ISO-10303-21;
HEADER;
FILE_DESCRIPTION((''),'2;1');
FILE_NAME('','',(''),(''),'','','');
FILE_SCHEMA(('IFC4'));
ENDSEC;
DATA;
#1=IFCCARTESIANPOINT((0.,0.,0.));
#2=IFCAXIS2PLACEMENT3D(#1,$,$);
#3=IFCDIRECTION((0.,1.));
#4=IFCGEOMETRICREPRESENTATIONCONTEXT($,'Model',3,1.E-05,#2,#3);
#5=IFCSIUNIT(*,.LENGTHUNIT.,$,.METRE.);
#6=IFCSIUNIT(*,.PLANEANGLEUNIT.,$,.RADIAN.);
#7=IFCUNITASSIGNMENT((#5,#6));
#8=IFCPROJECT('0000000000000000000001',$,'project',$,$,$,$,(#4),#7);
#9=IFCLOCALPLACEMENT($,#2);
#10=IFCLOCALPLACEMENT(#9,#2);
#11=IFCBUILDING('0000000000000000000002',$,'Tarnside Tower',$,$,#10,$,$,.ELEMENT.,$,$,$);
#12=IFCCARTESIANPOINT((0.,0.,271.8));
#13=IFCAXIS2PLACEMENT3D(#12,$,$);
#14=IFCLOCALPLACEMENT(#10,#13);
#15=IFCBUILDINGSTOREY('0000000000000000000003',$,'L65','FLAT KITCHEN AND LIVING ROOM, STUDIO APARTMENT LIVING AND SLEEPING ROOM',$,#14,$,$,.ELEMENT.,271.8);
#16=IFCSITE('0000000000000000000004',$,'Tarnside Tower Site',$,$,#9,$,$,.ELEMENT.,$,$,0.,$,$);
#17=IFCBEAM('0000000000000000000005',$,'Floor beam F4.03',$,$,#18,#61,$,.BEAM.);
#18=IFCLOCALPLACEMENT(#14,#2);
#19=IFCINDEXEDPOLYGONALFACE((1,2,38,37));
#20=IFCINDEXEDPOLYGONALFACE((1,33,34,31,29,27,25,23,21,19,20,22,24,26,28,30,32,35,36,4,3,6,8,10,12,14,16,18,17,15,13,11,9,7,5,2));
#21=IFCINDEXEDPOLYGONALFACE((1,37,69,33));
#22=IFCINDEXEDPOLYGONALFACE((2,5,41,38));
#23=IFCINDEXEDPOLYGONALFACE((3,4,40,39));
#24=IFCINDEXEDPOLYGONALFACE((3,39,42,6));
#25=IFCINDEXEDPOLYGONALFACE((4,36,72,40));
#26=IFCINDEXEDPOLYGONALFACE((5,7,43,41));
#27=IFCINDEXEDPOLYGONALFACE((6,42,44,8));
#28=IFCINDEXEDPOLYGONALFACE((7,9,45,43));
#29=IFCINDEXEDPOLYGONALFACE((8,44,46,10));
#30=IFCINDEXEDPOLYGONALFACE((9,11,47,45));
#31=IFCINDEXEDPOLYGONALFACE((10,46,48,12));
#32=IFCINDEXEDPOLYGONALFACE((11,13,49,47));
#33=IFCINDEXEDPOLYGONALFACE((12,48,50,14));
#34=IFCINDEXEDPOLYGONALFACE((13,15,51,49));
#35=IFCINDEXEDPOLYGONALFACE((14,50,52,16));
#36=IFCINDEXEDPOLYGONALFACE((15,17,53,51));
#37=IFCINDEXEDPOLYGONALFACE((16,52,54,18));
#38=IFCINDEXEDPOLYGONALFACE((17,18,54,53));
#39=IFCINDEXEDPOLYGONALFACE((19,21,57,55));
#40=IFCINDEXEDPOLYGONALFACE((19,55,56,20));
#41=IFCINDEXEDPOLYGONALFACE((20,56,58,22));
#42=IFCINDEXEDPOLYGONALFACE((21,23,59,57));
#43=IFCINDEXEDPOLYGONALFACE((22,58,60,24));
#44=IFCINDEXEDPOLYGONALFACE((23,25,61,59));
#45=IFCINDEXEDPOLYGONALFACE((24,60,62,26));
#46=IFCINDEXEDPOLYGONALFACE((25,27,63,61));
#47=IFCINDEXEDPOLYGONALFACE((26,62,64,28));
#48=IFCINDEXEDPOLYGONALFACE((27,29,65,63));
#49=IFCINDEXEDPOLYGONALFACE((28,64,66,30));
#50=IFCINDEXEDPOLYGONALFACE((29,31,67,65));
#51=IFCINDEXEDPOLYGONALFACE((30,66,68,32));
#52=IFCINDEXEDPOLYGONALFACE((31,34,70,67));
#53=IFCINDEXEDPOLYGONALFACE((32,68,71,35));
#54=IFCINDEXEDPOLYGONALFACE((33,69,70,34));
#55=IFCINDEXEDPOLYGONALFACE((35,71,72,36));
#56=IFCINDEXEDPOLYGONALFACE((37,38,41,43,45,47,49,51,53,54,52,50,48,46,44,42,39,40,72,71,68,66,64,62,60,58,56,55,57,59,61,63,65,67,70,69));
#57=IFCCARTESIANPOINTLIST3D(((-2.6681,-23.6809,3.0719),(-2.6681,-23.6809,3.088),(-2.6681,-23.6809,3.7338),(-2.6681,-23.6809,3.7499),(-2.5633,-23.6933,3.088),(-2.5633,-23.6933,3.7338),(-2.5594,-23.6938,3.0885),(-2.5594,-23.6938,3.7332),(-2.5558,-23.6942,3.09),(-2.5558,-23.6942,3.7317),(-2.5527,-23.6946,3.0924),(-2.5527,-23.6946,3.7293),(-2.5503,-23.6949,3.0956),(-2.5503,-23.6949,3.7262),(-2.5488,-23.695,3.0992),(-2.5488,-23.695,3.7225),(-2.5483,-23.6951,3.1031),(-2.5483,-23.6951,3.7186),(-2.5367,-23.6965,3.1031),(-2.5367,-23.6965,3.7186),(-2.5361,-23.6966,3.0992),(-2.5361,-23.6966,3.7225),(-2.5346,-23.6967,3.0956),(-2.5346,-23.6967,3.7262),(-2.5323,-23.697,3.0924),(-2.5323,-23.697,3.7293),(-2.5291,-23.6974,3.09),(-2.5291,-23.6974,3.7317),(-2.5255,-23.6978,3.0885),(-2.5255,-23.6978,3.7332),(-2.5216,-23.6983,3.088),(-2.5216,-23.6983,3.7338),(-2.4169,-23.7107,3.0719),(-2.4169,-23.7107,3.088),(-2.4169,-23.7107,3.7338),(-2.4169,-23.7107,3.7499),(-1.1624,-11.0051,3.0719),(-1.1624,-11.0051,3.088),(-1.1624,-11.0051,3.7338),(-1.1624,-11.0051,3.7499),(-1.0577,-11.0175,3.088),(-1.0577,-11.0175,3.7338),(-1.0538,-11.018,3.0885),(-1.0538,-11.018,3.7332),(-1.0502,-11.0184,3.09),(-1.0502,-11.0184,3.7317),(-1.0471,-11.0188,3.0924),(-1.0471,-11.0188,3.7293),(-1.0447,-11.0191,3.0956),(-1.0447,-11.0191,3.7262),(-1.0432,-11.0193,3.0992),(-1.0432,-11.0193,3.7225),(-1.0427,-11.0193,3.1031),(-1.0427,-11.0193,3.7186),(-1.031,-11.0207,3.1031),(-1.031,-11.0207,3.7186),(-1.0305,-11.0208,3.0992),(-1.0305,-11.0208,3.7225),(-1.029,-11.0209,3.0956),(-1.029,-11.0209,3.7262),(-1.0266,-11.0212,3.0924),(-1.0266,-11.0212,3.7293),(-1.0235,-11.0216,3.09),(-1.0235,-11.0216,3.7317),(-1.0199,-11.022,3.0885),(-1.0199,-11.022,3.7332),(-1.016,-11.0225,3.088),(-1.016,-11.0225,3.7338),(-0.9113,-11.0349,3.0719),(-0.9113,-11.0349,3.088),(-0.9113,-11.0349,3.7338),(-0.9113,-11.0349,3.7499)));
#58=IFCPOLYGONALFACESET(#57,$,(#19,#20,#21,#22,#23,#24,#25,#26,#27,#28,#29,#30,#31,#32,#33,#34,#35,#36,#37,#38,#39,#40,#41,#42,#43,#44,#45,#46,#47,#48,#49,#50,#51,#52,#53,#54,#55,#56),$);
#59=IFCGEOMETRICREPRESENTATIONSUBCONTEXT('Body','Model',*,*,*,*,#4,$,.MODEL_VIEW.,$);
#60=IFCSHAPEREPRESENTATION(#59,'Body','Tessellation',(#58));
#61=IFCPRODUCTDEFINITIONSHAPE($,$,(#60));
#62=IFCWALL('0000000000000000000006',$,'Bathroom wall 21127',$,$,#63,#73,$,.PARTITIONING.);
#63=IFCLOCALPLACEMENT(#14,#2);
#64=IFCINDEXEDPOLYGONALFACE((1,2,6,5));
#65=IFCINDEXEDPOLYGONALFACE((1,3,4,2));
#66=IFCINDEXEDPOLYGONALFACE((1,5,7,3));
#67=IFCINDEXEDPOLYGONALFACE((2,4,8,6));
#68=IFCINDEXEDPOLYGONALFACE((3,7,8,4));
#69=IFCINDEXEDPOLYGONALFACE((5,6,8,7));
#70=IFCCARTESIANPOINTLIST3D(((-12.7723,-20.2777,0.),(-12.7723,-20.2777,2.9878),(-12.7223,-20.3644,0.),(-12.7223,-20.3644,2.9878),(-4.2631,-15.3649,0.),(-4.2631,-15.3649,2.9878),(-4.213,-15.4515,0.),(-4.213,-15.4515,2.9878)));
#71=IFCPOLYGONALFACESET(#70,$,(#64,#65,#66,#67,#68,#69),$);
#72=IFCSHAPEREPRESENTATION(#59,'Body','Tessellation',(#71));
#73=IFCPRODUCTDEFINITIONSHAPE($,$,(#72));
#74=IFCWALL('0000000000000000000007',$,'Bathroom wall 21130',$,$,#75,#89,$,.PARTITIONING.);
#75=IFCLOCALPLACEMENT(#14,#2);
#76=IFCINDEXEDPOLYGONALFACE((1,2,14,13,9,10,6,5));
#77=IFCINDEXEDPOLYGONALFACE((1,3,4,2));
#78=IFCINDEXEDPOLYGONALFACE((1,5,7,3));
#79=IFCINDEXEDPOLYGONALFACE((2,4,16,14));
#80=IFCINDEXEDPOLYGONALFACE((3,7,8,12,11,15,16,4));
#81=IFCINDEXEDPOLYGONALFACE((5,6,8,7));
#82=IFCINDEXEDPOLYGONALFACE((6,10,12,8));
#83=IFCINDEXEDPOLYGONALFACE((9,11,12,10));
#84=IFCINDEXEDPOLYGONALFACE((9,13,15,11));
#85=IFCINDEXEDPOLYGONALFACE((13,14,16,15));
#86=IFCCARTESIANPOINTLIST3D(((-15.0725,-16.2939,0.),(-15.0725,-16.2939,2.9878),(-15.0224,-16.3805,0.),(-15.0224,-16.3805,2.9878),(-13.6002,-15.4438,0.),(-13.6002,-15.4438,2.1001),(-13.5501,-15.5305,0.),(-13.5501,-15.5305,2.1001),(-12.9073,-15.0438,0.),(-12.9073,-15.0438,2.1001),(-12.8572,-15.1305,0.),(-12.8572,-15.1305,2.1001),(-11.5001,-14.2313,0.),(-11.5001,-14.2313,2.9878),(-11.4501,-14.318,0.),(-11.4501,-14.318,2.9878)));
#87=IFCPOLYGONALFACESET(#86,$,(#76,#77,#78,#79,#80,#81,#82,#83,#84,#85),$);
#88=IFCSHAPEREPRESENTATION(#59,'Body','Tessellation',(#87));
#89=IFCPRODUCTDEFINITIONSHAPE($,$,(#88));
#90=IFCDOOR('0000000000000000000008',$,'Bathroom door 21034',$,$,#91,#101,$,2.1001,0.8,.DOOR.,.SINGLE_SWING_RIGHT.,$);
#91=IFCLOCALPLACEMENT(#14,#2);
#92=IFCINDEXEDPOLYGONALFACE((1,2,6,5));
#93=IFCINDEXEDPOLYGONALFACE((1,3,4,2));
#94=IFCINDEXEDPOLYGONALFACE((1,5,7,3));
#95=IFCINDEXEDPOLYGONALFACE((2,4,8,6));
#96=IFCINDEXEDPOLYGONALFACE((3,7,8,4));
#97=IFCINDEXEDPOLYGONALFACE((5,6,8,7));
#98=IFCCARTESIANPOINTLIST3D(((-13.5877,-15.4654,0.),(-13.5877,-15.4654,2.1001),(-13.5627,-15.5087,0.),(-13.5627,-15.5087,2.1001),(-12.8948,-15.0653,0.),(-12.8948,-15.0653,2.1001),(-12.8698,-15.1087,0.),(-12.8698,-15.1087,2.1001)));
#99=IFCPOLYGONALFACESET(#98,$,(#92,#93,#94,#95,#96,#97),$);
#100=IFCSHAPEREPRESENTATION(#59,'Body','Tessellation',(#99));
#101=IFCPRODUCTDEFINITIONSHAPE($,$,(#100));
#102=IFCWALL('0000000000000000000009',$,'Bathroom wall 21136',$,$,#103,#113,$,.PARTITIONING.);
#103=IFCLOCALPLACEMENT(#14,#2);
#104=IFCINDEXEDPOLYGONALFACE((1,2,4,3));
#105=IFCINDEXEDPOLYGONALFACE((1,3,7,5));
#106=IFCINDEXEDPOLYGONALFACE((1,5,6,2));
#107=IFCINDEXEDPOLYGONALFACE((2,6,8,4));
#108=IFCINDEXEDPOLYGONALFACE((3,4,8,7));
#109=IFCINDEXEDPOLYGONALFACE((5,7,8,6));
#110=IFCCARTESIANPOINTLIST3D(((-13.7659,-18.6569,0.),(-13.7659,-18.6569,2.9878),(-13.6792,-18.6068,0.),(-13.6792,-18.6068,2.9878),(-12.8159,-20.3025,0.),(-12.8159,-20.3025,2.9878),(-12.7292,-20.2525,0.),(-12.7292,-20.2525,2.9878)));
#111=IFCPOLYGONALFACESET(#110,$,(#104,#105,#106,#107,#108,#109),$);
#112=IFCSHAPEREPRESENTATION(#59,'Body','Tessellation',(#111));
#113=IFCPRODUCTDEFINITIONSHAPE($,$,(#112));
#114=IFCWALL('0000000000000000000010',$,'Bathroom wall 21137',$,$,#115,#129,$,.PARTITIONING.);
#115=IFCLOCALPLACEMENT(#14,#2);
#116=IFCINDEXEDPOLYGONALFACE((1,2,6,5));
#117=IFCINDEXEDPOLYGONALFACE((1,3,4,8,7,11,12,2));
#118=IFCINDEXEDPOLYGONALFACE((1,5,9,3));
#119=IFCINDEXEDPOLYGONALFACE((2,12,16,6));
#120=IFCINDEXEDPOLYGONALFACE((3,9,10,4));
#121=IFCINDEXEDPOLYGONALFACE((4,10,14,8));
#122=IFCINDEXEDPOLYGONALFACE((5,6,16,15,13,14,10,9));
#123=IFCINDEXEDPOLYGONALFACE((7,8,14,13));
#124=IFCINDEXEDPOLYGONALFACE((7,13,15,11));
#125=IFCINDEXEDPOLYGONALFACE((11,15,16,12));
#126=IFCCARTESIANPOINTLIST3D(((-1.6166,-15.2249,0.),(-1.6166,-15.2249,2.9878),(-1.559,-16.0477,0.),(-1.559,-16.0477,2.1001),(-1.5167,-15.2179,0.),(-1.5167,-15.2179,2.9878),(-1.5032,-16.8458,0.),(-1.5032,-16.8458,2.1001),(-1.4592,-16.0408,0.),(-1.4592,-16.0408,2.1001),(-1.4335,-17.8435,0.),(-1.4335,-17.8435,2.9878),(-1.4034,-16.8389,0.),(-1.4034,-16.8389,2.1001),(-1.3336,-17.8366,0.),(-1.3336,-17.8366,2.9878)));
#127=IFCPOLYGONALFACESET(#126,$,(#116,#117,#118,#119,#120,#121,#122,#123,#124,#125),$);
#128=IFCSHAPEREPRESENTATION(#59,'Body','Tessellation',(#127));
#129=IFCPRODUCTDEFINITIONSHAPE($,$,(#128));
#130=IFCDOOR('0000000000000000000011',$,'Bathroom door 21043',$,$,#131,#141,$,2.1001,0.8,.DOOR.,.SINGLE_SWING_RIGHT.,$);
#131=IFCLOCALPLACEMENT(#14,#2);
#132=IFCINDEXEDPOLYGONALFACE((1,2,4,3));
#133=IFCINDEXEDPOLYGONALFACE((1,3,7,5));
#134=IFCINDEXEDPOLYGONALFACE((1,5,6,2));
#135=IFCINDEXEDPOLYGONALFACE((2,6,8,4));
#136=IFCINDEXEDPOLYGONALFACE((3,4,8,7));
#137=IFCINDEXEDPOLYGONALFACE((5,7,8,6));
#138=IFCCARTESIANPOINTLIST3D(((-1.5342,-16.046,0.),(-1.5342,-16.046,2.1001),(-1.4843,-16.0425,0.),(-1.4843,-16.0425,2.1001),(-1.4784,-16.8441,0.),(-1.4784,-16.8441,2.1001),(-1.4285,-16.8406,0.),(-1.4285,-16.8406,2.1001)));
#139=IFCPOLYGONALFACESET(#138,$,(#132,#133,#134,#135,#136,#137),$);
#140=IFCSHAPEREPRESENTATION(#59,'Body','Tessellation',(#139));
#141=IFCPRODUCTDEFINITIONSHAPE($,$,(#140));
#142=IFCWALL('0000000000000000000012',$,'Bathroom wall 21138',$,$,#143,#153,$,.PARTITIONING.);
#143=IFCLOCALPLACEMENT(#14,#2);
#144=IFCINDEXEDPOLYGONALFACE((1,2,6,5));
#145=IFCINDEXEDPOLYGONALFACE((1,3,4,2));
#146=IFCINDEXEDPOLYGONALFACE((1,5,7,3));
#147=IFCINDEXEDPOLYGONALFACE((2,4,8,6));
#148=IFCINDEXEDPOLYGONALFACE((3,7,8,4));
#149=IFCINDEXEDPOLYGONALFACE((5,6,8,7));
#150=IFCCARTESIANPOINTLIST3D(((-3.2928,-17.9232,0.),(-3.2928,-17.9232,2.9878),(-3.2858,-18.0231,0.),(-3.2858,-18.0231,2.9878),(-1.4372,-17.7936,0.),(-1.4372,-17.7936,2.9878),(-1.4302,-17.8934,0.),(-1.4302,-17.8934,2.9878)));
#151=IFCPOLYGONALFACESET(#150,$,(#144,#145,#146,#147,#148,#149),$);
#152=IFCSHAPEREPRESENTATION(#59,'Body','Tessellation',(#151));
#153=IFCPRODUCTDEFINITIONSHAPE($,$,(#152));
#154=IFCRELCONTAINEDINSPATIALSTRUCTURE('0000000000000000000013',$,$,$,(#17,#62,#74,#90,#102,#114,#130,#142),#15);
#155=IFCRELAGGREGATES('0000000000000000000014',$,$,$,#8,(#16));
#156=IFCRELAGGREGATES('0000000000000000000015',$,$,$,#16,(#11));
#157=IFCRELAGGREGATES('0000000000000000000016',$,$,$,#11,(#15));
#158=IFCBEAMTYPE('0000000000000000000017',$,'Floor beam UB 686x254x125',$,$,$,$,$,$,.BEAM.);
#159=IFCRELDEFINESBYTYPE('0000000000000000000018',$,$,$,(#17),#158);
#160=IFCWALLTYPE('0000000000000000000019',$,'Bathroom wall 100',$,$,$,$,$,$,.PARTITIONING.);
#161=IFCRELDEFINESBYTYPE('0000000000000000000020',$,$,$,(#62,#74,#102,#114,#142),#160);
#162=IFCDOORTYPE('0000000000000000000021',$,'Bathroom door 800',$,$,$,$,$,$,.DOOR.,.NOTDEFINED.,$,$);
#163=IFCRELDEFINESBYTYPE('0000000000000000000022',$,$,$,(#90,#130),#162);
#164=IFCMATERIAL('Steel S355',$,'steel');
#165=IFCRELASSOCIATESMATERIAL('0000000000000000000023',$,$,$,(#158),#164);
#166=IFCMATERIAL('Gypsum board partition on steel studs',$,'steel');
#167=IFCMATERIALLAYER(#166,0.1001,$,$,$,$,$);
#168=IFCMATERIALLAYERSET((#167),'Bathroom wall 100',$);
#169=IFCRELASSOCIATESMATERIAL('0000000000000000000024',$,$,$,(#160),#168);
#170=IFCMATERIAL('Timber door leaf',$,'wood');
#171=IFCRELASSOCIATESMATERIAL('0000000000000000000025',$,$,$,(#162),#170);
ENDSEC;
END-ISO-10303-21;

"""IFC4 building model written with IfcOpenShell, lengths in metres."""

from ifc_helpers import new_model, si_unit, direction, frame, frame_2d, origin, origin_2d, place, context, subcontext, project, spatial, rectangle, i_section, extrude, material, layer, layer_set, material_profile, profile_set, type_object, element, fill, save


model = new_model("IFC4")

# Units and contexts
model_context = context("Model", 3, precision=1e-05, world=origin(), true_north=direction((0.0, 1.0)))
body_context = subcontext(model_context, "Body", "Model", "MODEL_VIEW")
ifc_project = project(units=[si_unit("LENGTHUNIT", "METRE"), si_unit("PLANEANGLEUNIT", "RADIAN")], contexts=[model_context])

# Site, building, storey
site_placement = place(None, origin())
site = spatial("IfcSite", under=ifc_project, at=site_placement, Name="Tarnside Tower Site", CompositionType="ELEMENT", RefElevation=0.0)
building_placement = place(site_placement, origin())
building = spatial("IfcBuilding", under=site, at=building_placement, Name="Tarnside Tower", CompositionType="ELEMENT")
storey_placement = place(building_placement, frame((0.0, 0.0, 271.8)))
storey = spatial("IfcBuildingStorey", under=building, at=storey_placement, Name="L65", Description="FLAT KITCHEN AND LIVING ROOM, STUDIO APARTMENT LIVING AND SLEEPING ROOM", CompositionType="ELEMENT", Elevation=271.8)

# Beam
ifc_material_1 = material(Name="Steel S355", Category="steel")
ifc_material_profile = material_profile(ifc_material_1, i_section(OverallWidth=0.2529, OverallDepth=0.678, WebThickness=0.0117, FlangeThickness=0.0161, FilletRadius=0.0151, at=origin_2d()), Name="UB 686x254x125")
ifc_profile_set = profile_set([ifc_material_profile], Name="Steel S355")
beam_type = type_object("IfcBeamType", Name="Floor beam UB 686x254x125", PredefinedType="BEAM", material=ifc_profile_set)
beam_placement = place(storey_placement, frame((-2.5425, -23.6958, 3.4109), z_axis=(0.11795, 0.99302, 0.0), x_axis=(-0.99302, 0.11795, 0.0)))
element("IfcBeam", 1, at=beam_placement, inside=storey, type_object=beam_type, Name="Floor beam F4.03", PredefinedType="BEAM", context=body_context, shape_type="SweptSolid", body=[
    extrude(i_section(OverallWidth=0.2529, OverallDepth=0.678, WebThickness=0.0117, FlangeThickness=0.0161, FilletRadius=0.0151, at=origin_2d()), origin(), (0.0, 0.0, 1.0), 12.7649),
])

# Wall
ifc_material_2 = material(Name="Gypsum board partition on steel studs", Category="steel")
ifc_layer_1 = layer(ifc_material_2, 0.1001)
ifc_layer_set_1 = layer_set([ifc_layer_1], Name="Bathroom wall 100")
wall_type_1 = type_object("IfcWallType", Name="Bathroom wall 100", PredefinedType="PARTITIONING", material=ifc_layer_set_1)
wall_1_placement = place(storey_placement, frame((-4.238, -15.4082, 0.0), z_axis=(0.0, 0.0, 1.0), x_axis=(-0.866025, -0.500001, 0.0)))
element("IfcWall", 2, at=wall_1_placement, inside=storey, type_object=wall_type_1, Name="Bathroom wall 21127", PredefinedType="PARTITIONING", context=body_context, shape_type="SweptSolid", body=[
    extrude(rectangle(XDim=9.8257, YDim=0.1001, at=frame_2d((4.9128, 0.0))), origin(), (0.0, 0.0, 1.0), 2.9878),
])

# Wall, opening, door
wall_2_placement = place(storey_placement, frame((-11.4751, -14.2747, 0.0), z_axis=(0.0, 0.0, 1.0), x_axis=(-0.86602, -0.500009, 0.0)))
wall_2 = element("IfcWall", 3, at=wall_2_placement, inside=storey, type_object=wall_type_1, Name="Bathroom wall 21130", PredefinedType="PARTITIONING", context=body_context, shape_type="SweptSolid", body=[
    extrude(rectangle(XDim=4.125, YDim=0.1001, at=frame_2d((2.0625, 0.0))), origin(), (0.0, 0.0, 1.0), 2.9878),
])
opening_1_placement = place(wall_2_placement, frame((1.625, 0.0, 0.0)))
opening_1 = element("IfcOpeningElement", 4, at=opening_1_placement, cuts=wall_2, PredefinedType="OPENING", context=body_context, shape_type="SweptSolid", body=[
    extrude(rectangle(XDim=0.8, YDim=2.1001, at=frame_2d((0.3999, 1.05))), frame((0.0, 0.0601, 0.0), z_axis=(0.0, -1.0, 0.0), x_axis=(1.0, 0.0, 0.0)), (0.0, 0.0, 1.0), 0.1201),
])
ifc_material_3 = material(Name="Timber door leaf", Category="wood")
door_type_1 = type_object("IfcDoorType", Name="Bathroom door 800", OperationType="NOTDEFINED", PredefinedType="DOOR", material=ifc_material_3)
door_1_placement = place(opening_1_placement, origin())
door_1 = element("IfcDoor", 5, at=door_1_placement, inside=storey, type_object=door_type_1, Name="Bathroom door 21034", OperationType="SINGLE_SWING_RIGHT", OverallHeight=2.1001, OverallWidth=0.8, PredefinedType="DOOR", context=body_context, shape_type="SweptSolid", body=[
    extrude(rectangle(XDim=0.8, YDim=2.1001, at=frame_2d((0.3999, 1.05))), frame((0.0, 0.0249, 0.0), z_axis=(0.0, -1.0, 0.0), x_axis=(1.0, 0.0, 0.0)), (0.0, 0.0, 1.0), 0.05),
])
fill(opening_1, door_1)

# Wall
wall_3_placement = place(storey_placement, frame((-12.7725, -20.2776, 0.0), z_axis=(0.0, 0.0, 1.0), x_axis=(-0.499967, 0.866044, 0.0)))
element("IfcWall", 6, at=wall_3_placement, inside=storey, type_object=wall_type_1, Name="Bathroom wall 21136", PredefinedType="PARTITIONING", context=body_context, shape_type="SweptSolid", body=[
    extrude(rectangle(XDim=1.9001, YDim=0.1001, at=frame_2d((0.9502, 0.0))), origin(), (0.0, 0.0, 1.0), 2.9878),
])

# Wall, opening, door
wall_4_placement = place(storey_placement, frame((-1.5667, -15.2214, 0.0), z_axis=(0.0, 0.0, 1.0), x_axis=(0.069753, -0.997564, 0.0)))
wall_4 = element("IfcWall", 7, at=wall_4_placement, inside=storey, type_object=wall_type_1, Name="Bathroom wall 21137", PredefinedType="PARTITIONING", context=body_context, shape_type="SweptSolid", body=[
    extrude(rectangle(XDim=2.625, YDim=0.1001, at=frame_2d((1.3125, 0.0))), origin(), (0.0, 0.0, 1.0), 2.9878),
])
opening_2_placement = place(wall_4_placement, frame((0.825, 0.0, 0.0)))
opening_2 = element("IfcOpeningElement", 8, at=opening_2_placement, cuts=wall_4, PredefinedType="OPENING", context=body_context, shape_type="SweptSolid", body=[
    extrude(rectangle(XDim=0.8, YDim=2.1001, at=frame_2d((0.3999, 1.05))), frame((0.0, 0.0601, 0.0), z_axis=(0.0, -1.0, 0.0), x_axis=(1.0, 0.0, 0.0)), (0.0, 0.0, 1.0), 0.1201),
])
door_2_placement = place(opening_2_placement, origin())
door_2 = element("IfcDoor", 9, at=door_2_placement, inside=storey, type_object=door_type_1, Name="Bathroom door 21043", OperationType="SINGLE_SWING_RIGHT", OverallHeight=2.1001, OverallWidth=0.8, PredefinedType="DOOR", context=body_context, shape_type="SweptSolid", body=[
    extrude(rectangle(XDim=0.8, YDim=2.1001, at=frame_2d((0.3999, 1.05))), frame((0.0, 0.0249, 0.0), z_axis=(0.0, -1.0, 0.0), x_axis=(1.0, 0.0, 0.0)), (0.0, 0.0, 1.0), 0.05),
])
fill(opening_2, door_2)

# Wall
wall_5_placement = place(storey_placement, frame((-1.4336, -17.8435, 0.0), z_axis=(0.0, 0.0, 1.0), x_axis=(-0.997568, -0.069699, 0.0)))
element("IfcWall", 10, at=wall_5_placement, inside=storey, type_object=wall_type_1, Name="Bathroom wall 21138", PredefinedType="PARTITIONING", context=body_context, shape_type="SweptSolid", body=[
    extrude(rectangle(XDim=1.8601, YDim=0.1001, at=frame_2d((0.9302, 0.0))), origin(), (0.0, 0.0, 1.0), 2.9878),
])

save(model, "model.ifc")
